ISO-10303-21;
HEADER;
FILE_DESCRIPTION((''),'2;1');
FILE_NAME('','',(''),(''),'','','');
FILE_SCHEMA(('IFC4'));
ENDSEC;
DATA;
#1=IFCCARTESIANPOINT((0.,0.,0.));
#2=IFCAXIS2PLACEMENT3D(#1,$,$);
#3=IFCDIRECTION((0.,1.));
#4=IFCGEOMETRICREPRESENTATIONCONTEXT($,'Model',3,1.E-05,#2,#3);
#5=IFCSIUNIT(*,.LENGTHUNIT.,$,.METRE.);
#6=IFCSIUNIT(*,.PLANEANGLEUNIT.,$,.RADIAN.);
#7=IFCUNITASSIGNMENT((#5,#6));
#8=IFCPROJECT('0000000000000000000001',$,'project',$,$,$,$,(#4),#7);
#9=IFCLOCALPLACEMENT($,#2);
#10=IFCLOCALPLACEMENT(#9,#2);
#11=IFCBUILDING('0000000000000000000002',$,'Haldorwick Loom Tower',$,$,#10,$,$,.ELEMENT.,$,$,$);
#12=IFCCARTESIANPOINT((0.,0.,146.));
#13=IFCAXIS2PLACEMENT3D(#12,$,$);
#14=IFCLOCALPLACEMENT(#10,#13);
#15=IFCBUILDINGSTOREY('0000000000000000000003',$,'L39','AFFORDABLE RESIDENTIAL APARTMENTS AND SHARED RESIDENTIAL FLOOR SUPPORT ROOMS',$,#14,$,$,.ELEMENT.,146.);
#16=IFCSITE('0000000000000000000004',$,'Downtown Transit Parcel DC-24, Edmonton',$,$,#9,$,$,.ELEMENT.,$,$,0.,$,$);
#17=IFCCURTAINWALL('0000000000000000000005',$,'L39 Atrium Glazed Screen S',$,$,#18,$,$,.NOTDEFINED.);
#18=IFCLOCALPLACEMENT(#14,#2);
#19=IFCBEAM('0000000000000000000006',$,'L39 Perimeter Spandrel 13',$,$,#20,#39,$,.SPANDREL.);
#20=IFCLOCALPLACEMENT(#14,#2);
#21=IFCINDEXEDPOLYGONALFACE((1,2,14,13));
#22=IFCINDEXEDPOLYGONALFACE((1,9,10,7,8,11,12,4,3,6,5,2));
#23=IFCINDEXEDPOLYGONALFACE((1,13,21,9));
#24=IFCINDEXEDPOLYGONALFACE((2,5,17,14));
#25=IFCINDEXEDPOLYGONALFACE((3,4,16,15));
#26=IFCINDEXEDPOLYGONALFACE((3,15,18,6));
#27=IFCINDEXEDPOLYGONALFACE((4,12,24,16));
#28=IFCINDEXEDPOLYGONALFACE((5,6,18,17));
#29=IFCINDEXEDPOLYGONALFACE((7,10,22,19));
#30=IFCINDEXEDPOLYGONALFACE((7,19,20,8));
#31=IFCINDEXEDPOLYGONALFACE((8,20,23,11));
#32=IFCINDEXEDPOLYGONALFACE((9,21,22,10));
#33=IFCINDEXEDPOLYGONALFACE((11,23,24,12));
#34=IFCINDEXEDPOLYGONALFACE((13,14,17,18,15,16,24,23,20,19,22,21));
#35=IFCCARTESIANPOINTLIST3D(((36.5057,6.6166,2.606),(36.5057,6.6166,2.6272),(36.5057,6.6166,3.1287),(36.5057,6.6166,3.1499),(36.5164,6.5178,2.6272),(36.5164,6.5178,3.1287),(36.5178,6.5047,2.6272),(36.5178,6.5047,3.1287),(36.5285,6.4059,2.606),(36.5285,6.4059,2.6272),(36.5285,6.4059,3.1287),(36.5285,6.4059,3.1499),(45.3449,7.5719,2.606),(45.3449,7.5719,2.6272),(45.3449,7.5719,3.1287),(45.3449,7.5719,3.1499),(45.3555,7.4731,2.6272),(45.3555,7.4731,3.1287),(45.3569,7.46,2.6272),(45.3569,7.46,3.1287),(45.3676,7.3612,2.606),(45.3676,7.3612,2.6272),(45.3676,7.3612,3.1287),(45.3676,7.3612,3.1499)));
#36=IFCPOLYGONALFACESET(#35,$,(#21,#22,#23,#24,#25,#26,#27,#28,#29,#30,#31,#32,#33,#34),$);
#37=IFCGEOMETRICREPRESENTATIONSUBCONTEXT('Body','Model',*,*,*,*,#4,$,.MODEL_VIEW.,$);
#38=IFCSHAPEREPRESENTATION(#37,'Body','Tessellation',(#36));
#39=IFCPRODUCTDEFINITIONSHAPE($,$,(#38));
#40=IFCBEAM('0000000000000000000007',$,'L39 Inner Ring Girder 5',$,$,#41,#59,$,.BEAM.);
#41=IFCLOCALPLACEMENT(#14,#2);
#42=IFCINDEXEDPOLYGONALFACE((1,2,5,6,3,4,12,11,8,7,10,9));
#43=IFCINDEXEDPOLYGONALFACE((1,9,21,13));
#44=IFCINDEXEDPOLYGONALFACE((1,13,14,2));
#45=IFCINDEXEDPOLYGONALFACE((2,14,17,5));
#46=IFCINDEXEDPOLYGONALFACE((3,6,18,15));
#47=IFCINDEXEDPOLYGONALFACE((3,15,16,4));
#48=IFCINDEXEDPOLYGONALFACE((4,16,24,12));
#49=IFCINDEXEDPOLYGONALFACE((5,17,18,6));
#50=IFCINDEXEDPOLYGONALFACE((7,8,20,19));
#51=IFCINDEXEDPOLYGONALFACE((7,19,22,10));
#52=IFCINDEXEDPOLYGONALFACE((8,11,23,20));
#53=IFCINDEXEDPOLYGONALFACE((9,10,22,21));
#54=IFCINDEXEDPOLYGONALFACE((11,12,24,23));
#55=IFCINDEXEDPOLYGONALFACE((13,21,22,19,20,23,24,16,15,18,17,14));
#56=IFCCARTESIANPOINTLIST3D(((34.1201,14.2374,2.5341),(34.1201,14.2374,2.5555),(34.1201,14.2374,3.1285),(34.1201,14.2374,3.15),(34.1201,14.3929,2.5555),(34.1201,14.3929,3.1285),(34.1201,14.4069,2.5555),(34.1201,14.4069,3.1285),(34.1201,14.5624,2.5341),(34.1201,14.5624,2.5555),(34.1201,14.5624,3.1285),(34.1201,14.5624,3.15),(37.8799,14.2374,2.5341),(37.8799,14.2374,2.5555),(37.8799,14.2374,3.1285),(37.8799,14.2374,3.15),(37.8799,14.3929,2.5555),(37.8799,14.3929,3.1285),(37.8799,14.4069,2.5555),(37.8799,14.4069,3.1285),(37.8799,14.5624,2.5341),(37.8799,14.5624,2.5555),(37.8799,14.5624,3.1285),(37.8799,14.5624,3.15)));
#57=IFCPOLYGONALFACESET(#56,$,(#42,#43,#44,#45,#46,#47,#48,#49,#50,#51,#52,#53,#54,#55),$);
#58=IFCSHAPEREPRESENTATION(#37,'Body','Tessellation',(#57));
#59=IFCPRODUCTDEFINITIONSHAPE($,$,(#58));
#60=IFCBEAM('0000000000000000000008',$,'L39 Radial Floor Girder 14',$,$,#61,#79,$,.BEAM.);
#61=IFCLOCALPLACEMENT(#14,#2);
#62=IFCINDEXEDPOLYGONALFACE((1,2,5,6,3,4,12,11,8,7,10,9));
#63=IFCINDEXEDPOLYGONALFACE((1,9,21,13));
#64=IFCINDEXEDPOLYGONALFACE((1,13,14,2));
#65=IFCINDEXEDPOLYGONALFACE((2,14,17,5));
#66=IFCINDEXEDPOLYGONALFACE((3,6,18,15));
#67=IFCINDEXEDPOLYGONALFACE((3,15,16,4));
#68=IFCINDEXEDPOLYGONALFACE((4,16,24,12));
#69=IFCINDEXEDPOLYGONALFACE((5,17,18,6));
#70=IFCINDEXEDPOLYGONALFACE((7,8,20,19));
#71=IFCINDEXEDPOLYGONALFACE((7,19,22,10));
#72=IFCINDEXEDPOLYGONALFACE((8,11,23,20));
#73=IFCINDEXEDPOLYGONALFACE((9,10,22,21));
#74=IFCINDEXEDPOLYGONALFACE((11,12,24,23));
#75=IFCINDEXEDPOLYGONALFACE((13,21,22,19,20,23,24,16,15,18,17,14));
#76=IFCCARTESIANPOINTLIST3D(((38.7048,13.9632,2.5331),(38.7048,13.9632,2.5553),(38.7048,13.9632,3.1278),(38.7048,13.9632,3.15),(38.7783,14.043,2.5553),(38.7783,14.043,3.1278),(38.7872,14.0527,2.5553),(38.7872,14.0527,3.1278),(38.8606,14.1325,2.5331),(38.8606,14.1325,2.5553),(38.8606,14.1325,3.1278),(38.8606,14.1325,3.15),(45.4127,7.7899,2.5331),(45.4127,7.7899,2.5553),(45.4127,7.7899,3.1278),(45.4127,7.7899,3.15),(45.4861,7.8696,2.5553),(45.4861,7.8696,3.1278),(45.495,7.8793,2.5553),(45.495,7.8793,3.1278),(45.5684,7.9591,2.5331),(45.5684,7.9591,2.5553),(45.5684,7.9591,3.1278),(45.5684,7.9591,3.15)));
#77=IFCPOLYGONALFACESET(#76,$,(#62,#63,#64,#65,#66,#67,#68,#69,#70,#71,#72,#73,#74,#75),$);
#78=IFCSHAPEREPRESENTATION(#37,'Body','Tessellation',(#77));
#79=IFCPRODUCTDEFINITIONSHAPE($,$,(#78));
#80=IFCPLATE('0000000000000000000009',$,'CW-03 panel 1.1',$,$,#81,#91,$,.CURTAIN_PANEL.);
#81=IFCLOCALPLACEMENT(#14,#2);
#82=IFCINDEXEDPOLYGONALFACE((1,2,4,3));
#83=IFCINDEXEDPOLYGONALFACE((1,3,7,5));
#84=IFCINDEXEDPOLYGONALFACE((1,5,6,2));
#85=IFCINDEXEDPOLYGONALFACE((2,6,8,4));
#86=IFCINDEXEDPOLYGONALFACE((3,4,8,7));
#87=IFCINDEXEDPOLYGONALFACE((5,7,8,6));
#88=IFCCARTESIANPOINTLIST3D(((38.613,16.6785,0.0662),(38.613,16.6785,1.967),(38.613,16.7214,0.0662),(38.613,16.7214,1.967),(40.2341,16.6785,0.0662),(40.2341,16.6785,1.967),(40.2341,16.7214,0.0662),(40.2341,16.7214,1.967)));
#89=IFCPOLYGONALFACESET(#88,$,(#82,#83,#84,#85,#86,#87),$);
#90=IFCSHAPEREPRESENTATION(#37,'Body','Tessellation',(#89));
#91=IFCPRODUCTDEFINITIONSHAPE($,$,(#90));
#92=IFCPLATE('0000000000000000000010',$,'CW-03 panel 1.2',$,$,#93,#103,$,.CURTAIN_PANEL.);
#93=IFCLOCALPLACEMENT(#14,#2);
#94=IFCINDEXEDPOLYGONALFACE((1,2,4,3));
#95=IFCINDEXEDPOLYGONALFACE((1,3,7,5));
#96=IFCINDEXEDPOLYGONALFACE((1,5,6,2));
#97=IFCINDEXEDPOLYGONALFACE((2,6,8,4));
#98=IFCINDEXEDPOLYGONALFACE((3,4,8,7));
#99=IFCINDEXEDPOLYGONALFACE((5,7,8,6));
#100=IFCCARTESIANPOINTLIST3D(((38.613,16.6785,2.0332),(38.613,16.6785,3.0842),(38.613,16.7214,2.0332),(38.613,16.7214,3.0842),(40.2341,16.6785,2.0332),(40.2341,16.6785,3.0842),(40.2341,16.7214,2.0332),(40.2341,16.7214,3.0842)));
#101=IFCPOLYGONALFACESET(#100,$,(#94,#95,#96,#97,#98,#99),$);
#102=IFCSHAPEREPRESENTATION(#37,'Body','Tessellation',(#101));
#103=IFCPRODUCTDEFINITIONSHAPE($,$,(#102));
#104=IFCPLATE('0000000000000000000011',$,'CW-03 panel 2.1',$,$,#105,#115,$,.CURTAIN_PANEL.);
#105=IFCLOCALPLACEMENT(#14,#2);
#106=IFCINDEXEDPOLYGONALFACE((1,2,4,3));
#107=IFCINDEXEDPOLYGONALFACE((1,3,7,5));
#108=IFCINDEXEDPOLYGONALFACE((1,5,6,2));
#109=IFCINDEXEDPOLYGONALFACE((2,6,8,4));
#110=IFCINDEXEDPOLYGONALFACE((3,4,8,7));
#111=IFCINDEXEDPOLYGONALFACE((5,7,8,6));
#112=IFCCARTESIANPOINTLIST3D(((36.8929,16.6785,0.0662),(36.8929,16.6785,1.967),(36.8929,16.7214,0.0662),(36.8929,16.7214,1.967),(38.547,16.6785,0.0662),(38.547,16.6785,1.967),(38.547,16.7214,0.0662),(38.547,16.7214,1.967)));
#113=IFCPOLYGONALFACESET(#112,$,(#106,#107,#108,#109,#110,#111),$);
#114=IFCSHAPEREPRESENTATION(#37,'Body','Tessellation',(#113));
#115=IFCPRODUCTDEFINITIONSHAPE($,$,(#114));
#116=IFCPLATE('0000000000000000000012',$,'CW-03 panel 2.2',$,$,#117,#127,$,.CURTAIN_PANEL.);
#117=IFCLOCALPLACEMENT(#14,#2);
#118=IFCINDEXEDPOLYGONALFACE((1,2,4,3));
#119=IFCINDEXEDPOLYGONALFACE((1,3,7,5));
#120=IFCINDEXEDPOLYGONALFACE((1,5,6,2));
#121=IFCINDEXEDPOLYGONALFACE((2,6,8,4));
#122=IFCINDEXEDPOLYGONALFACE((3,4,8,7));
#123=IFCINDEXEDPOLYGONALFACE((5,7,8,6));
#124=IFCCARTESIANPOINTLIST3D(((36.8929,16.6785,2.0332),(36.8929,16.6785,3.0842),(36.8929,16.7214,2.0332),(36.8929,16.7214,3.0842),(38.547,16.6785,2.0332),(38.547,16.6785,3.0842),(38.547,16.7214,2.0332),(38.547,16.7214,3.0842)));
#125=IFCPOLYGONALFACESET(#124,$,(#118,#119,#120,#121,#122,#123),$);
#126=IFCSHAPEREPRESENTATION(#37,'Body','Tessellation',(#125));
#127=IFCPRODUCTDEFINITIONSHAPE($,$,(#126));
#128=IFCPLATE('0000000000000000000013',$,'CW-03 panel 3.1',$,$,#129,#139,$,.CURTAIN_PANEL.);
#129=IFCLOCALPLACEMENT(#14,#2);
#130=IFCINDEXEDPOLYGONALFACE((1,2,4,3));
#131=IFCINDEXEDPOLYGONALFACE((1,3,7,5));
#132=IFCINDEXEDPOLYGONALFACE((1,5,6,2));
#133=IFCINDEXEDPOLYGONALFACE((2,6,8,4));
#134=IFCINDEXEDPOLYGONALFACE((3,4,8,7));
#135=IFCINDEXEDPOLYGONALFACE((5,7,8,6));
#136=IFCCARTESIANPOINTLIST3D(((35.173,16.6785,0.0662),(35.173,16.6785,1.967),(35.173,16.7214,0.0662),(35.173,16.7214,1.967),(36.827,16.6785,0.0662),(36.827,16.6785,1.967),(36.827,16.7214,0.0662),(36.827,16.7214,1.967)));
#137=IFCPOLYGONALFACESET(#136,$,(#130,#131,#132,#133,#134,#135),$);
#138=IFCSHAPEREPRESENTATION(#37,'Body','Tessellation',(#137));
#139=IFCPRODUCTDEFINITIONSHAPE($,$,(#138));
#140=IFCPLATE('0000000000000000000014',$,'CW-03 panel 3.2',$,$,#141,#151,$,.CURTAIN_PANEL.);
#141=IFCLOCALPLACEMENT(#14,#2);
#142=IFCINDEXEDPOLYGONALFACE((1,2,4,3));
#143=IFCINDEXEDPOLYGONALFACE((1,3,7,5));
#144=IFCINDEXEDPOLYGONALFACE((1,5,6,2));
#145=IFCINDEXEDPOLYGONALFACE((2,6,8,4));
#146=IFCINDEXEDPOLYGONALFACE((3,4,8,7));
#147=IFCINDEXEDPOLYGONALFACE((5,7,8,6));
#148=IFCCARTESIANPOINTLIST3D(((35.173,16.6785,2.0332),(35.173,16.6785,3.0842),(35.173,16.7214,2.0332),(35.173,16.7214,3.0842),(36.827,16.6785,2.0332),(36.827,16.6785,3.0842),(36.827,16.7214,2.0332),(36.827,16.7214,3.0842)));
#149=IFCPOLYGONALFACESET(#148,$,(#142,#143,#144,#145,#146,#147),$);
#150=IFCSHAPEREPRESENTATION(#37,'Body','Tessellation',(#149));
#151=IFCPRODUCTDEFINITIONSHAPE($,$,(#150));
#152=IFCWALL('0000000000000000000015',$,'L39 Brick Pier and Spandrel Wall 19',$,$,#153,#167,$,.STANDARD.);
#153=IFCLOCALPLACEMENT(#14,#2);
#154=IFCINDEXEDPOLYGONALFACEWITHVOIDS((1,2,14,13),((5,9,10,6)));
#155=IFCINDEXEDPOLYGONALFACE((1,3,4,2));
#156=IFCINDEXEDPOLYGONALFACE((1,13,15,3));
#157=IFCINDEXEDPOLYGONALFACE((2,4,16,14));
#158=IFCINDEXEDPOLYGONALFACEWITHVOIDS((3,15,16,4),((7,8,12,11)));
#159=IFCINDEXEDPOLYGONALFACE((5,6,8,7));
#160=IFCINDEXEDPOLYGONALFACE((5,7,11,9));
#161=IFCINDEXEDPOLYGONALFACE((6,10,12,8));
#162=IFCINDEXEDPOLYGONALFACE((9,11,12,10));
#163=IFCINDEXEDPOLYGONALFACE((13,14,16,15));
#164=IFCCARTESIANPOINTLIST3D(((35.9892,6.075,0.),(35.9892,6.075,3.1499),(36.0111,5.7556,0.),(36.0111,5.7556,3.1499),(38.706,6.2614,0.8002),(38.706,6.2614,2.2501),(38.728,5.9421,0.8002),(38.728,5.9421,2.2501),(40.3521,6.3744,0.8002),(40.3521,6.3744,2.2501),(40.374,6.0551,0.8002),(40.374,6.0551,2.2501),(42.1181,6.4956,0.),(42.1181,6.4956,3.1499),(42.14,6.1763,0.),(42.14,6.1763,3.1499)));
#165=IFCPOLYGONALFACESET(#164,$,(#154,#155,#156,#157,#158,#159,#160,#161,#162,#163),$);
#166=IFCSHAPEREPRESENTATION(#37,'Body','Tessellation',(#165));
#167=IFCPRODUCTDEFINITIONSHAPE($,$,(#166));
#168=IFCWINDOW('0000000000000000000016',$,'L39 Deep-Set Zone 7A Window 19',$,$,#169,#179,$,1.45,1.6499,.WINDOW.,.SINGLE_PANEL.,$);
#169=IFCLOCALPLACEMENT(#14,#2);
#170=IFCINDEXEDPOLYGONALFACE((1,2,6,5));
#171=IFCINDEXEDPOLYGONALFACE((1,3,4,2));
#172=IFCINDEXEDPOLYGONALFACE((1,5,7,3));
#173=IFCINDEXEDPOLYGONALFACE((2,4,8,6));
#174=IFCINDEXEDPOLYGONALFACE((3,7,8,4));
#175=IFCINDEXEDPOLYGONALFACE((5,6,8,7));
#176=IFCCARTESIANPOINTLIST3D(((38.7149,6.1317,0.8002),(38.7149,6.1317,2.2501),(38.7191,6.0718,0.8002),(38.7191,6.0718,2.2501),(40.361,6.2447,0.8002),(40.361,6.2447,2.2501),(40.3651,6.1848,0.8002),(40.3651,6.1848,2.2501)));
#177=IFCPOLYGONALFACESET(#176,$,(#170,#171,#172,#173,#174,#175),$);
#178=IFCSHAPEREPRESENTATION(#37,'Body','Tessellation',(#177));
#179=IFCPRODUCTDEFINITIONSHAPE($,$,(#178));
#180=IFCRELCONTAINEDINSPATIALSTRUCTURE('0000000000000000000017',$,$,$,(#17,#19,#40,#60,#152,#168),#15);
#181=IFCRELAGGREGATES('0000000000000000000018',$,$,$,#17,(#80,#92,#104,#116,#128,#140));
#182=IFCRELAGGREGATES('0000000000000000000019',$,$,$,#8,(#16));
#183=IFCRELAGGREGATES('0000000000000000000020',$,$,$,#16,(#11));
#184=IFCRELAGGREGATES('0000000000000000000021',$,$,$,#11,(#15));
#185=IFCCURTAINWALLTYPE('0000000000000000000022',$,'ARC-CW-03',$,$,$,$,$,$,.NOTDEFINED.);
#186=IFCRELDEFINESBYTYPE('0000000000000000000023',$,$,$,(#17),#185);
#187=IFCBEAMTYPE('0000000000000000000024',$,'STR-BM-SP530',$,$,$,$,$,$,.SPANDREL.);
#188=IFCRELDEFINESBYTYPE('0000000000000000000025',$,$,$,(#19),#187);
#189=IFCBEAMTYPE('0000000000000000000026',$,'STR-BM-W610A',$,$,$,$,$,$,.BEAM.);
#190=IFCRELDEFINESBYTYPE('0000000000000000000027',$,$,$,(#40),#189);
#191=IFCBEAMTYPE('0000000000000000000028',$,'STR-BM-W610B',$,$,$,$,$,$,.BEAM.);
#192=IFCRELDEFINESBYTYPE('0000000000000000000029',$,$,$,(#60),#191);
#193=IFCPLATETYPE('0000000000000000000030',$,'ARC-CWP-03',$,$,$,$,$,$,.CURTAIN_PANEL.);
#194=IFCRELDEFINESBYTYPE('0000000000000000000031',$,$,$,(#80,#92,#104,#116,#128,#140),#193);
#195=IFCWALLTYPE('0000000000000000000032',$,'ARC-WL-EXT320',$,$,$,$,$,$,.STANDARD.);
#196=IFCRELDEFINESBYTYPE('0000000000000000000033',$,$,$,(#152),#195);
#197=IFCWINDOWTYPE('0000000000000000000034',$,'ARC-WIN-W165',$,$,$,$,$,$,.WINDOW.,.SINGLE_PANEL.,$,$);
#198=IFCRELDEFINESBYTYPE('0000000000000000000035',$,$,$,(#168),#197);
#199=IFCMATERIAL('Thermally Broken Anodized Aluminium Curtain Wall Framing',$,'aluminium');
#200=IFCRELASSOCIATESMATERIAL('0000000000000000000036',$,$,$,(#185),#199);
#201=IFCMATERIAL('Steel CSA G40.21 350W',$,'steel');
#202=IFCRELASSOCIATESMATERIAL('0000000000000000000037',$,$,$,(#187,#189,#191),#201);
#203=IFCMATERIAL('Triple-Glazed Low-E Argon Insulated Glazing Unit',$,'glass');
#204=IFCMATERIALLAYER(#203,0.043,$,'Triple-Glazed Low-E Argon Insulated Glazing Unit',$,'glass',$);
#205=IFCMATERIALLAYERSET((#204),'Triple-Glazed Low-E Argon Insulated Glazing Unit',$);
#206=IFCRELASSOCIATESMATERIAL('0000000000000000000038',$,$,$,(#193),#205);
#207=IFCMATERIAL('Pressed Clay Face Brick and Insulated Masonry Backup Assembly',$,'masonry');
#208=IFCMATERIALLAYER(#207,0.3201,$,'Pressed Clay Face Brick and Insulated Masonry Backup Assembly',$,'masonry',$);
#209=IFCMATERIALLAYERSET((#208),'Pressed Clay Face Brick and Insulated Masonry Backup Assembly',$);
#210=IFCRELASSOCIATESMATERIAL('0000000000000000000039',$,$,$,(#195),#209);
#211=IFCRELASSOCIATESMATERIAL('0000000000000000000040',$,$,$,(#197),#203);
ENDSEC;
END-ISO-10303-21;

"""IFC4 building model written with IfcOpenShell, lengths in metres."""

from ifc_helpers import new_model, si_unit, direction, frame, frame_2d, origin, origin_2d, place, context, subcontext, project, spatial, rectangle, i_section, extrude, material, layer, layer_set, material_profile, profile_set, type_object, element, fill, aggregate, save


model = new_model("IFC4")

# Units and contexts
model_context = context("Model", 3, precision=1e-05, world=origin(), true_north=direction((0.0, 1.0)))
body_context = subcontext(model_context, "Body", "Model", "MODEL_VIEW")
ifc_project = project(units=[si_unit("LENGTHUNIT", "METRE"), si_unit("PLANEANGLEUNIT", "RADIAN")], contexts=[model_context])

# Site, building, storey
site_placement = place(None, origin())
site = spatial("IfcSite", under=ifc_project, at=site_placement, Name="Downtown Transit Parcel DC-24, Edmonton", CompositionType="ELEMENT", RefElevation=0.0)
building_placement = place(site_placement, origin())
building = spatial("IfcBuilding", under=site, at=building_placement, Name="Haldorwick Loom Tower", CompositionType="ELEMENT")
storey_placement = place(building_placement, frame((0.0, 0.0, 146.0)))
storey = spatial("IfcBuildingStorey", under=building, at=storey_placement, Name="L39", Description="AFFORDABLE RESIDENTIAL APARTMENTS AND SHARED RESIDENTIAL FLOOR SUPPORT ROOMS", CompositionType="ELEMENT", Elevation=146.0)

# Curtain wall
ifc_material_1 = material(Name="Thermally Broken Anodized Aluminium Curtain Wall Framing", Category="aluminium")
curtain_wall_type = type_object("IfcCurtainWallType", Name="ARC-CW-03", PredefinedType="NOTDEFINED", material=ifc_material_1)
curtain_wall_placement = place(storey_placement, origin())
curtain_wall = element("IfcCurtainWall", 1, at=curtain_wall_placement, inside=storey, type_object=curtain_wall_type, Name="L39 Atrium Glazed Screen S", PredefinedType="NOTDEFINED")

# Beams
ifc_material_2 = material(Name="Steel CSA G40.21 350W", Category="steel")
ifc_material_profile_1 = material_profile(ifc_material_2, i_section(OverallWidth=0.2119, OverallDepth=0.5439, WebThickness=0.0132, FlangeThickness=0.0212, at=origin_2d()), Name="W530X123", Category="steel")
ifc_profile_set_1 = profile_set([ifc_material_profile_1], Name="Steel CSA G40.21 350W")
beam_type_1 = type_object("IfcBeamType", Name="STR-BM-SP530", PredefinedType="SPANDREL", material=ifc_profile_set_1)
beam_1_placement = place(storey_placement, frame((36.5171, 6.5112, 2.8779), z_axis=(0.99421, 0.107453, 0.0), x_axis=(-0.107453, 0.99421, 0.0)))
element("IfcBeam", 2, at=beam_1_placement, inside=storey, type_object=beam_type_1, Name="L39 Perimeter Spandrel 13", PredefinedType="SPANDREL", context=body_context, shape_type="SweptSolid", body=[
    extrude(i_section(OverallWidth=0.2119, OverallDepth=0.5439, WebThickness=0.0132, FlangeThickness=0.0212, at=origin_2d()), origin(), (0.0, 0.0, 1.0), 8.8906),
])
ifc_material_profile_2 = material_profile(ifc_material_2, i_section(OverallWidth=0.325, OverallDepth=0.616, WebThickness=0.0139, FlangeThickness=0.0215, at=origin_2d()), Name="W610X174", Category="steel")
ifc_profile_set_2 = profile_set([ifc_material_profile_2], Name="Steel CSA G40.21 350W")
beam_type_2 = type_object("IfcBeamType", Name="STR-BM-W610A", PredefinedType="BEAM", material=ifc_profile_set_2)
beam_2_placement = place(storey_placement, frame((37.8799, 14.3999, 2.842), z_axis=(-1.0, 0.0, 0.0), x_axis=(0.0, -1.0, 0.0)))
element("IfcBeam", 3, at=beam_2_placement, inside=storey, type_object=beam_type_2, Name="L39 Inner Ring Girder 5", PredefinedType="BEAM", context=body_context, shape_type="SweptSolid", body=[
    extrude(i_section(OverallWidth=0.325, OverallDepth=0.616, WebThickness=0.0139, FlangeThickness=0.0215, at=origin_2d()), origin(), (0.0, 0.0, 1.0), 3.7598),
])
ifc_material_profile_3 = material_profile(ifc_material_2, i_section(OverallWidth=0.23, OverallDepth=0.6169, WebThickness=0.0132, FlangeThickness=0.0222, at=origin_2d()), Name="W610X140", Category="steel")
ifc_profile_set_3 = profile_set([ifc_material_profile_3], Name="Steel CSA G40.21 350W")
beam_type_3 = type_object("IfcBeamType", Name="STR-BM-W610B", PredefinedType="BEAM", material=ifc_profile_set_3)
beam_3_placement = place(storey_placement, frame((38.7827, 14.0479, 2.8416), z_axis=(0.735811, -0.677187, 0.0), x_axis=(0.677187, 0.735811, 0.0)))
element("IfcBeam", 4, at=beam_3_placement, inside=storey, type_object=beam_type_3, Name="L39 Radial Floor Girder 14", PredefinedType="BEAM", context=body_context, shape_type="SweptSolid", body=[
    extrude(i_section(OverallWidth=0.23, OverallDepth=0.6169, WebThickness=0.0132, FlangeThickness=0.0222, at=origin_2d()), origin(), (0.0, 0.0, 1.0), 9.1162),
])

# Plates
ifc_material_3 = material(Name="Triple-Glazed Low-E Argon Insulated Glazing Unit", Category="glass")
ifc_layer_1 = layer(ifc_material_3, 0.043, Name="Triple-Glazed Low-E Argon Insulated Glazing Unit", Category="glass")
ifc_layer_set_1 = layer_set([ifc_layer_1], Name="Triple-Glazed Low-E Argon Insulated Glazing Unit")
plate_type = type_object("IfcPlateType", Name="ARC-CWP-03", PredefinedType="CURTAIN_PANEL", material=ifc_layer_set_1)
plate_1_placement = place(storey_placement, frame((39.4236, 16.7, 0.0662), z_axis=(0.0, 0.0, 1.0), x_axis=(-1.0, 0.0, 0.0)))
plate_1 = element("IfcPlate", 5, at=plate_1_placement, type_object=plate_type, Name="CW-03 panel 1.1", PredefinedType="CURTAIN_PANEL", context=body_context, shape_type="SweptSolid", body=[
    extrude(rectangle(XDim=1.6211, YDim=0.043, at=origin_2d()), origin(), (0.0, 0.0, 1.0), 1.9009),
])
plate_2_placement = place(storey_placement, frame((39.4236, 16.7, 2.0332), z_axis=(0.0, 0.0, 1.0), x_axis=(-1.0, 0.0, 0.0)))
plate_2 = element("IfcPlate", 6, at=plate_2_placement, type_object=plate_type, Name="CW-03 panel 1.2", PredefinedType="CURTAIN_PANEL", context=body_context, shape_type="SweptSolid", body=[
    extrude(rectangle(XDim=1.6211, YDim=0.043, at=origin_2d()), origin(), (0.0, 0.0, 1.0), 1.051),
])
plate_3_placement = place(storey_placement, frame((37.72, 16.7, 0.0662), z_axis=(0.0, 0.0, 1.0), x_axis=(-1.0, 0.0, 0.0)))
plate_3 = element("IfcPlate", 7, at=plate_3_placement, type_object=plate_type, Name="CW-03 panel 2.1", PredefinedType="CURTAIN_PANEL", context=body_context, shape_type="SweptSolid", body=[
    extrude(rectangle(XDim=1.6541, YDim=0.043, at=origin_2d()), origin(), (0.0, 0.0, 1.0), 1.9009),
])
plate_4_placement = place(storey_placement, frame((37.72, 16.7, 2.0332), z_axis=(0.0, 0.0, 1.0), x_axis=(-1.0, 0.0, 0.0)))
plate_4 = element("IfcPlate", 8, at=plate_4_placement, type_object=plate_type, Name="CW-03 panel 2.2", PredefinedType="CURTAIN_PANEL", context=body_context, shape_type="SweptSolid", body=[
    extrude(rectangle(XDim=1.6541, YDim=0.043, at=origin_2d()), origin(), (0.0, 0.0, 1.0), 1.051),
])
plate_5_placement = place(storey_placement, frame((36.0, 16.7, 0.0662), z_axis=(0.0, 0.0, 1.0), x_axis=(-1.0, 0.0, 0.0)))
plate_5 = element("IfcPlate", 9, at=plate_5_placement, type_object=plate_type, Name="CW-03 panel 3.1", PredefinedType="CURTAIN_PANEL", context=body_context, shape_type="SweptSolid", body=[
    extrude(rectangle(XDim=1.6541, YDim=0.043, at=origin_2d()), origin(), (0.0, 0.0, 1.0), 1.9009),
])
plate_6_placement = place(storey_placement, frame((36.0, 16.7, 2.0332), z_axis=(0.0, 0.0, 1.0), x_axis=(-1.0, 0.0, 0.0)))
plate_6 = element("IfcPlate", 10, at=plate_6_placement, type_object=plate_type, Name="CW-03 panel 3.2", PredefinedType="CURTAIN_PANEL", context=body_context, shape_type="SweptSolid", body=[
    extrude(rectangle(XDim=1.6541, YDim=0.043, at=origin_2d()), origin(), (0.0, 0.0, 1.0), 1.051),
])
aggregate(curtain_wall, [plate_1, plate_2, plate_3, plate_4, plate_5, plate_6])

# Wall, opening, window
ifc_material_4 = material(Name="Pressed Clay Face Brick and Insulated Masonry Backup Assembly", Category="masonry")
ifc_layer_2 = layer(ifc_material_4, 0.3201, Name="Pressed Clay Face Brick and Insulated Masonry Backup Assembly", Category="masonry")
ifc_layer_set_2 = layer_set([ifc_layer_2], Name="Pressed Clay Face Brick and Insulated Masonry Backup Assembly")
wall_type_1 = type_object("IfcWallType", Name="ARC-WL-EXT320", PredefinedType="STANDARD", material=ifc_layer_set_2)
wall_1_placement = place(storey_placement, frame((36.0, 5.9153, 0.0), z_axis=(0.0, 0.0, 1.0), x_axis=(0.997653, 0.068473, 0.0)))
wall_1 = element("IfcWall", 11, at=wall_1_placement, inside=storey, type_object=wall_type_1, Name="L39 Brick Pier and Spandrel Wall 19", PredefinedType="STANDARD", context=body_context, shape_type="SweptSolid", body=[
    extrude(rectangle(XDim=6.1433, YDim=0.3201, at=frame_2d((3.0718, 0.0))), origin(), (0.0, 0.0, 1.0), 3.1499),
])
opening_placement = place(wall_1_placement, frame((2.7234, 0.0, 0.8)))
opening = element("IfcOpeningElement", 12, at=opening_placement, cuts=wall_1, PredefinedType="OPENING", context=body_context, shape_type="SweptSolid", body=[
    extrude(rectangle(XDim=1.6499, YDim=1.45, at=frame_2d((0.825, 0.7251))), frame((0.0, 0.1699, 0.0), z_axis=(0.0, -1.0, 0.0), x_axis=(1.0, 0.0, 0.0)), (0.0, 0.0, 1.0), 0.3401),
])
window_type = type_object("IfcWindowType", Name="ARC-WIN-W165", PartitioningType="SINGLE_PANEL", PredefinedType="WINDOW", material=ifc_material_3)
window_placement = place(opening_placement, origin())
window = element("IfcWindow", 13, at=window_placement, inside=storey, type_object=window_type, Name="L39 Deep-Set Zone 7A Window 19", OverallHeight=1.45, OverallWidth=1.6499, PartitioningType="SINGLE_PANEL", PredefinedType="WINDOW", context=body_context, shape_type="SweptSolid", body=[
    extrude(rectangle(XDim=1.6499, YDim=1.45, at=frame_2d((0.825, 0.7251))), frame((0.0, 0.03, 0.0), z_axis=(0.0, -1.0, 0.0), x_axis=(1.0, 0.0, 0.0)), (0.0, 0.0, 1.0), 0.0601),
])
fill(opening, window)

save(model, "model.ifc")
